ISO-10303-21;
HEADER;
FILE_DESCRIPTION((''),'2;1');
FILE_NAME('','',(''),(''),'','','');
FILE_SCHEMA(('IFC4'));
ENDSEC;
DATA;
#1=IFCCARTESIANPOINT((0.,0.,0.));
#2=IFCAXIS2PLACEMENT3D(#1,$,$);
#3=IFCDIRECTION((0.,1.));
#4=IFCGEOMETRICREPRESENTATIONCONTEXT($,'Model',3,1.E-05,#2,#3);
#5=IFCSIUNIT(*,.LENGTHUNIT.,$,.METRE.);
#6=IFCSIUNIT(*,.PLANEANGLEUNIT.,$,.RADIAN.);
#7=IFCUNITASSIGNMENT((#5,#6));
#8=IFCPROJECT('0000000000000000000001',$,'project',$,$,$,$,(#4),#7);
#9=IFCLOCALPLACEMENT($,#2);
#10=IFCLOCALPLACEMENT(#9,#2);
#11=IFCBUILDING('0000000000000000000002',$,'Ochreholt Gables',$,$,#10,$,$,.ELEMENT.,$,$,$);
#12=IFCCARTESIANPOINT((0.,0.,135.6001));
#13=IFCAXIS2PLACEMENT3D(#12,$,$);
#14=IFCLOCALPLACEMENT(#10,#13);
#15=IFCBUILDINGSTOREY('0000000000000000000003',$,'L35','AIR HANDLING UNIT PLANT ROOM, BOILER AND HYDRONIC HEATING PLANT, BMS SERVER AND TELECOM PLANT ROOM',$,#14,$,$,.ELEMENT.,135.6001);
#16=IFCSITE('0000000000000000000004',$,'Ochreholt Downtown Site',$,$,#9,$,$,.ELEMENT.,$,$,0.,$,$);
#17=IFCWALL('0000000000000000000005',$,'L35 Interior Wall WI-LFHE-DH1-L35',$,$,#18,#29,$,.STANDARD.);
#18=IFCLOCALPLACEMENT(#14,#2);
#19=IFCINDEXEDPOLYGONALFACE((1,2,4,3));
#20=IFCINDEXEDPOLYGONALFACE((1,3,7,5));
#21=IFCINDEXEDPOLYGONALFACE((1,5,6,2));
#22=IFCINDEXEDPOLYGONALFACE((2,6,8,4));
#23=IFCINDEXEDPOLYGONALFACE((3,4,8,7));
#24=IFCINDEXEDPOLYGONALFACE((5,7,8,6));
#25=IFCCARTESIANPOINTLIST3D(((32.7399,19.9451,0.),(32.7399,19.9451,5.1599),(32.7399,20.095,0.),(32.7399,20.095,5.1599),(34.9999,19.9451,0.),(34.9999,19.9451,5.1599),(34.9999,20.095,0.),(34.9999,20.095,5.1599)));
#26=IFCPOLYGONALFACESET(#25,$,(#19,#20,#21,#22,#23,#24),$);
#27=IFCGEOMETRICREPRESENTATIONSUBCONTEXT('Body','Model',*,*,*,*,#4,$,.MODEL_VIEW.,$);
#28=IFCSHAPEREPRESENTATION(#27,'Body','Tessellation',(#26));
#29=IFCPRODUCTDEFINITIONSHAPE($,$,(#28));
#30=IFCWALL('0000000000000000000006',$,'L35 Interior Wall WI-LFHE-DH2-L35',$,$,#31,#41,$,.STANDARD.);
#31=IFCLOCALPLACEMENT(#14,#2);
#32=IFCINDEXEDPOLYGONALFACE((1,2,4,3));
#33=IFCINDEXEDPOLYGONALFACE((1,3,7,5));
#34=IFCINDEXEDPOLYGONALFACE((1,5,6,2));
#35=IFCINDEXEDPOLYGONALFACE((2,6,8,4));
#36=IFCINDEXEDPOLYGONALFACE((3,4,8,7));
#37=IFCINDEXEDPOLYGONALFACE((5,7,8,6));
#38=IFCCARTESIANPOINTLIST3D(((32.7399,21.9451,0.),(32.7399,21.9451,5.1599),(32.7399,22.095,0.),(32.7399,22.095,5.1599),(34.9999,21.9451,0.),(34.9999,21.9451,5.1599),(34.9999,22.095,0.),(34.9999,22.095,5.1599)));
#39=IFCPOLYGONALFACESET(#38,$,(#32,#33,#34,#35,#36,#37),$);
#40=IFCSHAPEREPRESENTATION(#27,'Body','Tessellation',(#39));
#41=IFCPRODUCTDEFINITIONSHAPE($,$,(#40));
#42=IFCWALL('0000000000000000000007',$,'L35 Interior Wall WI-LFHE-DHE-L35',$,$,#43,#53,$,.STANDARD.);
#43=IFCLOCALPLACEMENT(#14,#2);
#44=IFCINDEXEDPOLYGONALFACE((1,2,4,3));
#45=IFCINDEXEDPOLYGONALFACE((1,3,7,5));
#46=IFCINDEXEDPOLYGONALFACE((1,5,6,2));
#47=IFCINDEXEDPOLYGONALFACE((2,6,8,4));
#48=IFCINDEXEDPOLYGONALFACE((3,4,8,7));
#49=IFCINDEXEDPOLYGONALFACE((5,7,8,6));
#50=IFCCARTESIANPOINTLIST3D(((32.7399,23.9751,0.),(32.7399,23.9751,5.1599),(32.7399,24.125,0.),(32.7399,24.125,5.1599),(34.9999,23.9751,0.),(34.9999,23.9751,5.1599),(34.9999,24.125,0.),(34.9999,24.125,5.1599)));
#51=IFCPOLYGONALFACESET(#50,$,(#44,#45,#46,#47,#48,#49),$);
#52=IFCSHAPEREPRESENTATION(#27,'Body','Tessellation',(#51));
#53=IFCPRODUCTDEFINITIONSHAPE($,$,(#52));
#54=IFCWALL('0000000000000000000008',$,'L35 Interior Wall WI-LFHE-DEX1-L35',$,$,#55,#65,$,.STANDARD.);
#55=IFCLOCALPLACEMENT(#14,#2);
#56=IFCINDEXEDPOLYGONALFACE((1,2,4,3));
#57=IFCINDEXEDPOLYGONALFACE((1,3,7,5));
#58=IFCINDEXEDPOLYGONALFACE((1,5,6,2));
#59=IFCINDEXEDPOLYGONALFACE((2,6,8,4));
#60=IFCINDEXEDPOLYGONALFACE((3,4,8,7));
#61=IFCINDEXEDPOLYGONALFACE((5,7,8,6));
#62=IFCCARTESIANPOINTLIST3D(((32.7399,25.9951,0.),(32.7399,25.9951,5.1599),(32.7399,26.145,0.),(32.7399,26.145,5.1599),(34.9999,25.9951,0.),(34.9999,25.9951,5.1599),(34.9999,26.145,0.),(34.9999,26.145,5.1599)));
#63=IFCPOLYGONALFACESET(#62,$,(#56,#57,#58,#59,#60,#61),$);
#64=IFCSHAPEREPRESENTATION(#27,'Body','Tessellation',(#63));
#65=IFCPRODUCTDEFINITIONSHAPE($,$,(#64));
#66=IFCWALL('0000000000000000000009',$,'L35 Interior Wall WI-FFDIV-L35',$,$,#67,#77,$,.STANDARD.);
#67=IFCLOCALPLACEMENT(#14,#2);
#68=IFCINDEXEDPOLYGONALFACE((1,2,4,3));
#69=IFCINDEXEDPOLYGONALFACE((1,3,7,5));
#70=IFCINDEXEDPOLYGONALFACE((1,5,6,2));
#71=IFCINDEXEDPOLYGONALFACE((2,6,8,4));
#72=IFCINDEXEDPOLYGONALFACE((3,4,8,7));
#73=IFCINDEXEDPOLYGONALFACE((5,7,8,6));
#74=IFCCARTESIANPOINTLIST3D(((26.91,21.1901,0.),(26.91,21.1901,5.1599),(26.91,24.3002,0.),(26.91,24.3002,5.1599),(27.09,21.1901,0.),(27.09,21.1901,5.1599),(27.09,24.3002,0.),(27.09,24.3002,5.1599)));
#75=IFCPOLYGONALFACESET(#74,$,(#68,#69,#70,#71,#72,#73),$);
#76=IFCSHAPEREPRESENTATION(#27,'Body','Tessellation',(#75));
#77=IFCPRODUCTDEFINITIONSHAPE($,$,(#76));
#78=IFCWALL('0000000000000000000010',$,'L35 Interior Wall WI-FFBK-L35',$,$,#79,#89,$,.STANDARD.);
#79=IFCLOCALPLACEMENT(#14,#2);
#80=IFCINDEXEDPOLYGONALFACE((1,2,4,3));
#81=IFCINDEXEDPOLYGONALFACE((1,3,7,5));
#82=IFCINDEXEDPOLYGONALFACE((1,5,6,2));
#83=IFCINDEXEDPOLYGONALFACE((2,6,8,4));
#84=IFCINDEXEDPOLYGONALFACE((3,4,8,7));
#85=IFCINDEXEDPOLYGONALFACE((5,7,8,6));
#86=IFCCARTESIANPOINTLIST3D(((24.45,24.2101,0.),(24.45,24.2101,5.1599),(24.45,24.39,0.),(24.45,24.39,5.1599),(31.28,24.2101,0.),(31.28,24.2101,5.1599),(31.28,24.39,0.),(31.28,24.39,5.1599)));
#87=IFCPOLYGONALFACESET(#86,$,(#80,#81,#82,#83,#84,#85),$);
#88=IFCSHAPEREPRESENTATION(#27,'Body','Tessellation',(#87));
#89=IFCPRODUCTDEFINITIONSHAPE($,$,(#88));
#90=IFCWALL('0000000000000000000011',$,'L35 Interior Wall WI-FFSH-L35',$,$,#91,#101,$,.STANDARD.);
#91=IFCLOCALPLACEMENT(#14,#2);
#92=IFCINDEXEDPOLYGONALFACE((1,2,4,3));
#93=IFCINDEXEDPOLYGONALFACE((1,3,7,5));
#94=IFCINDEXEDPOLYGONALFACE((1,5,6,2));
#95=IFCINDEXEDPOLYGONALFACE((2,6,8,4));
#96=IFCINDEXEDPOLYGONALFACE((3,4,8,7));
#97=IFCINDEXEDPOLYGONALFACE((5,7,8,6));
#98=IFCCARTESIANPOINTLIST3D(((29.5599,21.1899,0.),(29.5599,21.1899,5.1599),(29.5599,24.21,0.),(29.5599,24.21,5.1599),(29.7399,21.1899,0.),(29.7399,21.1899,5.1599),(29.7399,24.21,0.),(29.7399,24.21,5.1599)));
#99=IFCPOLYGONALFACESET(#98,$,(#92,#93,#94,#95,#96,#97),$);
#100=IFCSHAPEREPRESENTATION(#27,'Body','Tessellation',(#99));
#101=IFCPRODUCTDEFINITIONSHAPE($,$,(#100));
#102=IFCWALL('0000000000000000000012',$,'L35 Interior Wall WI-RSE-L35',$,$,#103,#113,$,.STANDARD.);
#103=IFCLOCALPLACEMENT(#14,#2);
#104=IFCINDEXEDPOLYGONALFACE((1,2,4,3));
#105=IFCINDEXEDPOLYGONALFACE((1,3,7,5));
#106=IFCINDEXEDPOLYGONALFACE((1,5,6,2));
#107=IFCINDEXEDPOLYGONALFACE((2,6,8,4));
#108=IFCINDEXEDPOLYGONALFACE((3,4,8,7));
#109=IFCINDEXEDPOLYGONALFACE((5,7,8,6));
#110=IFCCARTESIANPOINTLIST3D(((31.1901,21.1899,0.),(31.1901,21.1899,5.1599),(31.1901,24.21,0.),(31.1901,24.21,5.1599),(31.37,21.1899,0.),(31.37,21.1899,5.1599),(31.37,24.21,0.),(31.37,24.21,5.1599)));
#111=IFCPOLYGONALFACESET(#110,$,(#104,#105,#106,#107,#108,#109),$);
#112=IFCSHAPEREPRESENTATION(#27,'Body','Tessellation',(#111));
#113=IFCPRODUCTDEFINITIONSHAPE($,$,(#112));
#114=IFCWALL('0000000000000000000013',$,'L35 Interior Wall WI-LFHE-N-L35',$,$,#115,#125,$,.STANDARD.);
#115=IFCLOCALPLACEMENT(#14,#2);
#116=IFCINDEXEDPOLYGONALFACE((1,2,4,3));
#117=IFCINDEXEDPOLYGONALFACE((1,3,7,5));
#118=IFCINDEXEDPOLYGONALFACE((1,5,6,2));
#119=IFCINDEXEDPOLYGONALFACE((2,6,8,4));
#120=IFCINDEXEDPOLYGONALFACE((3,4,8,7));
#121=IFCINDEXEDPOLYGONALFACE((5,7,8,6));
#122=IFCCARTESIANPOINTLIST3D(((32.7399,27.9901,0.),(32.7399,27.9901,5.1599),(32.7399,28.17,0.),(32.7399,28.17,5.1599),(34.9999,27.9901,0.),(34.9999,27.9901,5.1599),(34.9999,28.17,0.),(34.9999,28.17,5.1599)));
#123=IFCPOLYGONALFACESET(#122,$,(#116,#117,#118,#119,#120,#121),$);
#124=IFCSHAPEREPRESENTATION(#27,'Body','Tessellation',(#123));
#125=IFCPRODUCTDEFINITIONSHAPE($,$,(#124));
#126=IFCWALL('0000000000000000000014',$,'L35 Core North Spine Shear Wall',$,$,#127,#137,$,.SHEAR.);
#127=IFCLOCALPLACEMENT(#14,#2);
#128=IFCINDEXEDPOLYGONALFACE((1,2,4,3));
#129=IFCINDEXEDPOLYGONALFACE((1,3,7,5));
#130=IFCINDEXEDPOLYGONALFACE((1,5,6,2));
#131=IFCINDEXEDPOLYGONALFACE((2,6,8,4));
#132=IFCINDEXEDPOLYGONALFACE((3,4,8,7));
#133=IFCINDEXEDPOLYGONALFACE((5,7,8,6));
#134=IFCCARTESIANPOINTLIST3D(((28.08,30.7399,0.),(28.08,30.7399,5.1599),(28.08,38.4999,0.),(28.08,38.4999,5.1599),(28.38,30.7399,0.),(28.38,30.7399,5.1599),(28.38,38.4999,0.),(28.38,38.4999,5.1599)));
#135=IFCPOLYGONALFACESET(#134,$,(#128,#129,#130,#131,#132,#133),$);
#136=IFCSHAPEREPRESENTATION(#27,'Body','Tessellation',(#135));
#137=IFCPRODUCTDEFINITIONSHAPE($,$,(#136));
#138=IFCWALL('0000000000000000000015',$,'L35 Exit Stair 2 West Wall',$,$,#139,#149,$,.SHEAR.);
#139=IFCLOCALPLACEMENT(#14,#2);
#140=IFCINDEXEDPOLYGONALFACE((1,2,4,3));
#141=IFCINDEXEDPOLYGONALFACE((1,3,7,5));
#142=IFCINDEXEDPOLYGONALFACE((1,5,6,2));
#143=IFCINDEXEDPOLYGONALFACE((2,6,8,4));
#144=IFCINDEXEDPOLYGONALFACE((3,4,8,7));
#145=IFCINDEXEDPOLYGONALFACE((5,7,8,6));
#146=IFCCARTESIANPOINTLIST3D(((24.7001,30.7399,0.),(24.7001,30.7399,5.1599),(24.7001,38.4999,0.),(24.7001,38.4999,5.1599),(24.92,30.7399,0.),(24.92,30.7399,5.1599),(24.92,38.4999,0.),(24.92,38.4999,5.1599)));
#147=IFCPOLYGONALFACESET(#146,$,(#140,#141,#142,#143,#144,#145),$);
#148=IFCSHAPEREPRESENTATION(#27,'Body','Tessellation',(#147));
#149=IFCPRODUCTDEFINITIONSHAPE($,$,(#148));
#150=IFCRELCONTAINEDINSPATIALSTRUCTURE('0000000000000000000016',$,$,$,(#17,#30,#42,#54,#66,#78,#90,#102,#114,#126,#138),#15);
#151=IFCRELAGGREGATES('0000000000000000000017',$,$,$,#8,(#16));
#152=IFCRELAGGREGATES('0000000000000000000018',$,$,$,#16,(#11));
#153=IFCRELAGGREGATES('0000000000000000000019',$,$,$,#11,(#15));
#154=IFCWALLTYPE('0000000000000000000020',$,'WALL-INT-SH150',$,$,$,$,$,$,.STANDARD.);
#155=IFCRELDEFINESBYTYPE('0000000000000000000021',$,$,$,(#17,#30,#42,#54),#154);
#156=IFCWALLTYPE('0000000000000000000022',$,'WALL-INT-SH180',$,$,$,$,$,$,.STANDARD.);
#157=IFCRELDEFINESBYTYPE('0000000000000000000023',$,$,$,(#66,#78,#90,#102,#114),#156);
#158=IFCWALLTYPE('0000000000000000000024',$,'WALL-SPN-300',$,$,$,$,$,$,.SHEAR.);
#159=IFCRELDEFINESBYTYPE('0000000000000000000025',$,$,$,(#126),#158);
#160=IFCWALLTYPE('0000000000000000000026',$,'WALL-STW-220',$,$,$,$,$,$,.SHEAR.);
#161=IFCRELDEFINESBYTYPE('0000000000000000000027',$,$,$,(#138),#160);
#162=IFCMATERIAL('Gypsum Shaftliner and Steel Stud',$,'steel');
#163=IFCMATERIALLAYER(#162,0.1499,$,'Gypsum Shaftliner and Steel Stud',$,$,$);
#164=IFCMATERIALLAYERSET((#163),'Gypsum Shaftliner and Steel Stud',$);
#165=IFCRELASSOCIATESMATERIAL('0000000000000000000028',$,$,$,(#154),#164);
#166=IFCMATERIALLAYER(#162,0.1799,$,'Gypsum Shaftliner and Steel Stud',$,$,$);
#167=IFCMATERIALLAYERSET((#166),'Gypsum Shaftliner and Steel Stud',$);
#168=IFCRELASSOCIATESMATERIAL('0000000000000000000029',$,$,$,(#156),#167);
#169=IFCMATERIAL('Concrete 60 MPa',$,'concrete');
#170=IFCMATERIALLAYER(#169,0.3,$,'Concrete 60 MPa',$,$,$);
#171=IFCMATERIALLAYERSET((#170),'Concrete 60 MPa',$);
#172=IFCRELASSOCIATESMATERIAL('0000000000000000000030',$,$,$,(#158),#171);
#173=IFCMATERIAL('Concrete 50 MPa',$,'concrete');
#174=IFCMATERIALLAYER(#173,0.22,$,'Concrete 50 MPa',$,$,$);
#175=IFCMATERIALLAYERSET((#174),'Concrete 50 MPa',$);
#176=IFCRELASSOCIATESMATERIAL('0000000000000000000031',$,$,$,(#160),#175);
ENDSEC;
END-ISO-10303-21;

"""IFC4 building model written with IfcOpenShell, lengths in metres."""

from ifc_helpers import new_model, si_unit, direction, frame, frame_2d, origin, place, context, subcontext, project, spatial, rectangle, extrude, material, layer, layer_set, type_object, element, save


model = new_model("IFC4")

# Units and contexts
model_context = context("Model", 3, precision=1e-05, world=origin(), true_north=direction((0.0, 1.0)))
body_context = subcontext(model_context, "Body", "Model", "MODEL_VIEW")
ifc_project = project(units=[si_unit("LENGTHUNIT", "METRE"), si_unit("PLANEANGLEUNIT", "RADIAN")], contexts=[model_context])

# Site, building, storey
site_placement = place(None, origin())
site = spatial("IfcSite", under=ifc_project, at=site_placement, Name="Ochreholt Downtown Site", CompositionType="ELEMENT", RefElevation=0.0)
building_placement = place(site_placement, origin())
building = spatial("IfcBuilding", under=site, at=building_placement, Name="Ochreholt Gables", CompositionType="ELEMENT")
storey_placement = place(building_placement, frame((0.0, 0.0, 135.6001)))
storey = spatial("IfcBuildingStorey", under=building, at=storey_placement, Name="L35", Description="AIR HANDLING UNIT PLANT ROOM, BOILER AND HYDRONIC HEATING PLANT, BMS SERVER AND TELECOM PLANT ROOM", CompositionType="ELEMENT", Elevation=135.6001)

# Shared definitions
ifc_material_1 = material(Name="Concrete 60 MPa", Category="concrete")

# Walls
ifc_material_2 = material(Name="Gypsum Shaftliner and Steel Stud", Category="steel")
ifc_layer_1 = layer(ifc_material_2, 0.1499, Name="Gypsum Shaftliner and Steel Stud")
ifc_layer_set_1 = layer_set([ifc_layer_1], Name="Gypsum Shaftliner and Steel Stud")
wall_type_1 = type_object("IfcWallType", Name="WALL-INT-SH150", PredefinedType="STANDARD", material=ifc_layer_set_1)
for number, where, z_axis, x_axis, name in (
    (1, (32.74, 20.02, 0.0), (0.0, 0.0, 1.0), (1.0, 0.0, 0.0), "L35 Interior Wall WI-LFHE-DH1-L35"),
    (2, (32.74, 22.02, 0.0), (0.0, 0.0, 1.0), (1.0, 0.0, 0.0), "L35 Interior Wall WI-LFHE-DH2-L35"),
    (3, (32.74, 24.05, 0.0), (0.0, 0.0, 1.0), (1.0, 0.0, 0.0), "L35 Interior Wall WI-LFHE-DHE-L35"),
    (4, (32.74, 26.0701, 0.0), (0.0, 0.0, 1.0), (1.0, 0.0, 0.0), "L35 Interior Wall WI-LFHE-DEX1-L35"),
):
    element("IfcWall", number, at=place(storey_placement, frame(where, z_axis=z_axis, x_axis=x_axis)), inside=storey, type_object=wall_type_1, Name=name, PredefinedType="STANDARD", context=body_context, shape_type="SweptSolid", body=[
        extrude(rectangle(XDim=2.26, YDim=0.1499, at=frame_2d((1.1299, 0.0))), origin(), (0.0, 0.0, 1.0), 5.1599),
    ])
ifc_layer_2 = layer(ifc_material_2, 0.1799, Name="Gypsum Shaftliner and Steel Stud")
ifc_layer_set_2 = layer_set([ifc_layer_2], Name="Gypsum Shaftliner and Steel Stud")
wall_type_2 = type_object("IfcWallType", Name="WALL-INT-SH180", PredefinedType="STANDARD", material=ifc_layer_set_2)
wall_1_placement = place(storey_placement, frame((27.0, 21.1899, 0.0), z_axis=(0.0, 0.0, 1.0), x_axis=(0.0, 1.0, 0.0)))
element("IfcWall", 5, at=wall_1_placement, inside=storey, type_object=wall_type_2, Name="L35 Interior Wall WI-FFDIV-L35", PredefinedType="STANDARD", context=body_context, shape_type="SweptSolid", body=[
    extrude(rectangle(XDim=3.1101, YDim=0.1799, at=frame_2d((1.5552, 0.0))), origin(), (0.0, 0.0, 1.0), 5.1599),
])
wall_2_placement = place(storey_placement, frame((24.45, 24.3, 0.0), z_axis=(0.0, 0.0, 1.0), x_axis=(1.0, 0.0, 0.0)))
element("IfcWall", 6, at=wall_2_placement, inside=storey, type_object=wall_type_2, Name="L35 Interior Wall WI-FFBK-L35", PredefinedType="STANDARD", context=body_context, shape_type="SweptSolid", body=[
    extrude(rectangle(XDim=6.8301, YDim=0.1799, at=frame_2d((3.415, 0.0))), origin(), (0.0, 0.0, 1.0), 5.1599),
])
for number, where, z_axis, x_axis, name in (
    (7, (29.6499, 21.1899, 0.0), (0.0, 0.0, 1.0), (0.0, 1.0, 0.0), "L35 Interior Wall WI-FFSH-L35"),
    (8, (31.28, 21.1899, 0.0), (0.0, 0.0, 1.0), (0.0, 1.0, 0.0), "L35 Interior Wall WI-RSE-L35"),
):
    element("IfcWall", number, at=place(storey_placement, frame(where, z_axis=z_axis, x_axis=x_axis)), inside=storey, type_object=wall_type_2, Name=name, PredefinedType="STANDARD", context=body_context, shape_type="SweptSolid", body=[
        extrude(rectangle(XDim=3.02, YDim=0.1799, at=frame_2d((1.51, 0.0))), origin(), (0.0, 0.0, 1.0), 5.1599),
    ])
wall_3_placement = place(storey_placement, frame((32.74, 28.0801, 0.0), z_axis=(0.0, 0.0, 1.0), x_axis=(1.0, 0.0, 0.0)))
element("IfcWall", 9, at=wall_3_placement, inside=storey, type_object=wall_type_2, Name="L35 Interior Wall WI-LFHE-N-L35", PredefinedType="STANDARD", context=body_context, shape_type="SweptSolid", body=[
    extrude(rectangle(XDim=2.26, YDim=0.1799, at=frame_2d((1.1299, 0.0))), origin(), (0.0, 0.0, 1.0), 5.1599),
])
ifc_layer_3 = layer(ifc_material_1, 0.3, Name="Concrete 60 MPa")
ifc_layer_set_3 = layer_set([ifc_layer_3], Name="Concrete 60 MPa")
wall_type_3 = type_object("IfcWallType", Name="WALL-SPN-300", PredefinedType="SHEAR", material=ifc_layer_set_3)
wall_4_placement = place(storey_placement, frame((28.23, 30.74, 0.0), z_axis=(0.0, 0.0, 1.0), x_axis=(0.0, 1.0, 0.0)))
element("IfcWall", 10, at=wall_4_placement, inside=storey, type_object=wall_type_3, Name="L35 Core North Spine Shear Wall", PredefinedType="SHEAR", context=body_context, shape_type="SweptSolid", body=[
    extrude(rectangle(XDim=7.76, YDim=0.3, at=frame_2d((3.8799, 0.0))), origin(), (0.0, 0.0, 1.0), 5.1599),
])
ifc_material_3 = material(Name="Concrete 50 MPa", Category="concrete")
ifc_layer_4 = layer(ifc_material_3, 0.22, Name="Concrete 50 MPa")
ifc_layer_set_4 = layer_set([ifc_layer_4], Name="Concrete 50 MPa")
wall_type_4 = type_object("IfcWallType", Name="WALL-STW-220", PredefinedType="SHEAR", material=ifc_layer_set_4)
wall_5_placement = place(storey_placement, frame((24.8101, 30.74, 0.0), z_axis=(0.0, 0.0, 1.0), x_axis=(0.0, 1.0, 0.0)))
element("IfcWall", 11, at=wall_5_placement, inside=storey, type_object=wall_type_4, Name="L35 Exit Stair 2 West Wall", PredefinedType="SHEAR", context=body_context, shape_type="SweptSolid", body=[
    extrude(rectangle(XDim=7.76, YDim=0.22, at=frame_2d((3.8799, 0.0))), origin(), (0.0, 0.0, 1.0), 5.1599),
])

save(model, "model.ifc")
